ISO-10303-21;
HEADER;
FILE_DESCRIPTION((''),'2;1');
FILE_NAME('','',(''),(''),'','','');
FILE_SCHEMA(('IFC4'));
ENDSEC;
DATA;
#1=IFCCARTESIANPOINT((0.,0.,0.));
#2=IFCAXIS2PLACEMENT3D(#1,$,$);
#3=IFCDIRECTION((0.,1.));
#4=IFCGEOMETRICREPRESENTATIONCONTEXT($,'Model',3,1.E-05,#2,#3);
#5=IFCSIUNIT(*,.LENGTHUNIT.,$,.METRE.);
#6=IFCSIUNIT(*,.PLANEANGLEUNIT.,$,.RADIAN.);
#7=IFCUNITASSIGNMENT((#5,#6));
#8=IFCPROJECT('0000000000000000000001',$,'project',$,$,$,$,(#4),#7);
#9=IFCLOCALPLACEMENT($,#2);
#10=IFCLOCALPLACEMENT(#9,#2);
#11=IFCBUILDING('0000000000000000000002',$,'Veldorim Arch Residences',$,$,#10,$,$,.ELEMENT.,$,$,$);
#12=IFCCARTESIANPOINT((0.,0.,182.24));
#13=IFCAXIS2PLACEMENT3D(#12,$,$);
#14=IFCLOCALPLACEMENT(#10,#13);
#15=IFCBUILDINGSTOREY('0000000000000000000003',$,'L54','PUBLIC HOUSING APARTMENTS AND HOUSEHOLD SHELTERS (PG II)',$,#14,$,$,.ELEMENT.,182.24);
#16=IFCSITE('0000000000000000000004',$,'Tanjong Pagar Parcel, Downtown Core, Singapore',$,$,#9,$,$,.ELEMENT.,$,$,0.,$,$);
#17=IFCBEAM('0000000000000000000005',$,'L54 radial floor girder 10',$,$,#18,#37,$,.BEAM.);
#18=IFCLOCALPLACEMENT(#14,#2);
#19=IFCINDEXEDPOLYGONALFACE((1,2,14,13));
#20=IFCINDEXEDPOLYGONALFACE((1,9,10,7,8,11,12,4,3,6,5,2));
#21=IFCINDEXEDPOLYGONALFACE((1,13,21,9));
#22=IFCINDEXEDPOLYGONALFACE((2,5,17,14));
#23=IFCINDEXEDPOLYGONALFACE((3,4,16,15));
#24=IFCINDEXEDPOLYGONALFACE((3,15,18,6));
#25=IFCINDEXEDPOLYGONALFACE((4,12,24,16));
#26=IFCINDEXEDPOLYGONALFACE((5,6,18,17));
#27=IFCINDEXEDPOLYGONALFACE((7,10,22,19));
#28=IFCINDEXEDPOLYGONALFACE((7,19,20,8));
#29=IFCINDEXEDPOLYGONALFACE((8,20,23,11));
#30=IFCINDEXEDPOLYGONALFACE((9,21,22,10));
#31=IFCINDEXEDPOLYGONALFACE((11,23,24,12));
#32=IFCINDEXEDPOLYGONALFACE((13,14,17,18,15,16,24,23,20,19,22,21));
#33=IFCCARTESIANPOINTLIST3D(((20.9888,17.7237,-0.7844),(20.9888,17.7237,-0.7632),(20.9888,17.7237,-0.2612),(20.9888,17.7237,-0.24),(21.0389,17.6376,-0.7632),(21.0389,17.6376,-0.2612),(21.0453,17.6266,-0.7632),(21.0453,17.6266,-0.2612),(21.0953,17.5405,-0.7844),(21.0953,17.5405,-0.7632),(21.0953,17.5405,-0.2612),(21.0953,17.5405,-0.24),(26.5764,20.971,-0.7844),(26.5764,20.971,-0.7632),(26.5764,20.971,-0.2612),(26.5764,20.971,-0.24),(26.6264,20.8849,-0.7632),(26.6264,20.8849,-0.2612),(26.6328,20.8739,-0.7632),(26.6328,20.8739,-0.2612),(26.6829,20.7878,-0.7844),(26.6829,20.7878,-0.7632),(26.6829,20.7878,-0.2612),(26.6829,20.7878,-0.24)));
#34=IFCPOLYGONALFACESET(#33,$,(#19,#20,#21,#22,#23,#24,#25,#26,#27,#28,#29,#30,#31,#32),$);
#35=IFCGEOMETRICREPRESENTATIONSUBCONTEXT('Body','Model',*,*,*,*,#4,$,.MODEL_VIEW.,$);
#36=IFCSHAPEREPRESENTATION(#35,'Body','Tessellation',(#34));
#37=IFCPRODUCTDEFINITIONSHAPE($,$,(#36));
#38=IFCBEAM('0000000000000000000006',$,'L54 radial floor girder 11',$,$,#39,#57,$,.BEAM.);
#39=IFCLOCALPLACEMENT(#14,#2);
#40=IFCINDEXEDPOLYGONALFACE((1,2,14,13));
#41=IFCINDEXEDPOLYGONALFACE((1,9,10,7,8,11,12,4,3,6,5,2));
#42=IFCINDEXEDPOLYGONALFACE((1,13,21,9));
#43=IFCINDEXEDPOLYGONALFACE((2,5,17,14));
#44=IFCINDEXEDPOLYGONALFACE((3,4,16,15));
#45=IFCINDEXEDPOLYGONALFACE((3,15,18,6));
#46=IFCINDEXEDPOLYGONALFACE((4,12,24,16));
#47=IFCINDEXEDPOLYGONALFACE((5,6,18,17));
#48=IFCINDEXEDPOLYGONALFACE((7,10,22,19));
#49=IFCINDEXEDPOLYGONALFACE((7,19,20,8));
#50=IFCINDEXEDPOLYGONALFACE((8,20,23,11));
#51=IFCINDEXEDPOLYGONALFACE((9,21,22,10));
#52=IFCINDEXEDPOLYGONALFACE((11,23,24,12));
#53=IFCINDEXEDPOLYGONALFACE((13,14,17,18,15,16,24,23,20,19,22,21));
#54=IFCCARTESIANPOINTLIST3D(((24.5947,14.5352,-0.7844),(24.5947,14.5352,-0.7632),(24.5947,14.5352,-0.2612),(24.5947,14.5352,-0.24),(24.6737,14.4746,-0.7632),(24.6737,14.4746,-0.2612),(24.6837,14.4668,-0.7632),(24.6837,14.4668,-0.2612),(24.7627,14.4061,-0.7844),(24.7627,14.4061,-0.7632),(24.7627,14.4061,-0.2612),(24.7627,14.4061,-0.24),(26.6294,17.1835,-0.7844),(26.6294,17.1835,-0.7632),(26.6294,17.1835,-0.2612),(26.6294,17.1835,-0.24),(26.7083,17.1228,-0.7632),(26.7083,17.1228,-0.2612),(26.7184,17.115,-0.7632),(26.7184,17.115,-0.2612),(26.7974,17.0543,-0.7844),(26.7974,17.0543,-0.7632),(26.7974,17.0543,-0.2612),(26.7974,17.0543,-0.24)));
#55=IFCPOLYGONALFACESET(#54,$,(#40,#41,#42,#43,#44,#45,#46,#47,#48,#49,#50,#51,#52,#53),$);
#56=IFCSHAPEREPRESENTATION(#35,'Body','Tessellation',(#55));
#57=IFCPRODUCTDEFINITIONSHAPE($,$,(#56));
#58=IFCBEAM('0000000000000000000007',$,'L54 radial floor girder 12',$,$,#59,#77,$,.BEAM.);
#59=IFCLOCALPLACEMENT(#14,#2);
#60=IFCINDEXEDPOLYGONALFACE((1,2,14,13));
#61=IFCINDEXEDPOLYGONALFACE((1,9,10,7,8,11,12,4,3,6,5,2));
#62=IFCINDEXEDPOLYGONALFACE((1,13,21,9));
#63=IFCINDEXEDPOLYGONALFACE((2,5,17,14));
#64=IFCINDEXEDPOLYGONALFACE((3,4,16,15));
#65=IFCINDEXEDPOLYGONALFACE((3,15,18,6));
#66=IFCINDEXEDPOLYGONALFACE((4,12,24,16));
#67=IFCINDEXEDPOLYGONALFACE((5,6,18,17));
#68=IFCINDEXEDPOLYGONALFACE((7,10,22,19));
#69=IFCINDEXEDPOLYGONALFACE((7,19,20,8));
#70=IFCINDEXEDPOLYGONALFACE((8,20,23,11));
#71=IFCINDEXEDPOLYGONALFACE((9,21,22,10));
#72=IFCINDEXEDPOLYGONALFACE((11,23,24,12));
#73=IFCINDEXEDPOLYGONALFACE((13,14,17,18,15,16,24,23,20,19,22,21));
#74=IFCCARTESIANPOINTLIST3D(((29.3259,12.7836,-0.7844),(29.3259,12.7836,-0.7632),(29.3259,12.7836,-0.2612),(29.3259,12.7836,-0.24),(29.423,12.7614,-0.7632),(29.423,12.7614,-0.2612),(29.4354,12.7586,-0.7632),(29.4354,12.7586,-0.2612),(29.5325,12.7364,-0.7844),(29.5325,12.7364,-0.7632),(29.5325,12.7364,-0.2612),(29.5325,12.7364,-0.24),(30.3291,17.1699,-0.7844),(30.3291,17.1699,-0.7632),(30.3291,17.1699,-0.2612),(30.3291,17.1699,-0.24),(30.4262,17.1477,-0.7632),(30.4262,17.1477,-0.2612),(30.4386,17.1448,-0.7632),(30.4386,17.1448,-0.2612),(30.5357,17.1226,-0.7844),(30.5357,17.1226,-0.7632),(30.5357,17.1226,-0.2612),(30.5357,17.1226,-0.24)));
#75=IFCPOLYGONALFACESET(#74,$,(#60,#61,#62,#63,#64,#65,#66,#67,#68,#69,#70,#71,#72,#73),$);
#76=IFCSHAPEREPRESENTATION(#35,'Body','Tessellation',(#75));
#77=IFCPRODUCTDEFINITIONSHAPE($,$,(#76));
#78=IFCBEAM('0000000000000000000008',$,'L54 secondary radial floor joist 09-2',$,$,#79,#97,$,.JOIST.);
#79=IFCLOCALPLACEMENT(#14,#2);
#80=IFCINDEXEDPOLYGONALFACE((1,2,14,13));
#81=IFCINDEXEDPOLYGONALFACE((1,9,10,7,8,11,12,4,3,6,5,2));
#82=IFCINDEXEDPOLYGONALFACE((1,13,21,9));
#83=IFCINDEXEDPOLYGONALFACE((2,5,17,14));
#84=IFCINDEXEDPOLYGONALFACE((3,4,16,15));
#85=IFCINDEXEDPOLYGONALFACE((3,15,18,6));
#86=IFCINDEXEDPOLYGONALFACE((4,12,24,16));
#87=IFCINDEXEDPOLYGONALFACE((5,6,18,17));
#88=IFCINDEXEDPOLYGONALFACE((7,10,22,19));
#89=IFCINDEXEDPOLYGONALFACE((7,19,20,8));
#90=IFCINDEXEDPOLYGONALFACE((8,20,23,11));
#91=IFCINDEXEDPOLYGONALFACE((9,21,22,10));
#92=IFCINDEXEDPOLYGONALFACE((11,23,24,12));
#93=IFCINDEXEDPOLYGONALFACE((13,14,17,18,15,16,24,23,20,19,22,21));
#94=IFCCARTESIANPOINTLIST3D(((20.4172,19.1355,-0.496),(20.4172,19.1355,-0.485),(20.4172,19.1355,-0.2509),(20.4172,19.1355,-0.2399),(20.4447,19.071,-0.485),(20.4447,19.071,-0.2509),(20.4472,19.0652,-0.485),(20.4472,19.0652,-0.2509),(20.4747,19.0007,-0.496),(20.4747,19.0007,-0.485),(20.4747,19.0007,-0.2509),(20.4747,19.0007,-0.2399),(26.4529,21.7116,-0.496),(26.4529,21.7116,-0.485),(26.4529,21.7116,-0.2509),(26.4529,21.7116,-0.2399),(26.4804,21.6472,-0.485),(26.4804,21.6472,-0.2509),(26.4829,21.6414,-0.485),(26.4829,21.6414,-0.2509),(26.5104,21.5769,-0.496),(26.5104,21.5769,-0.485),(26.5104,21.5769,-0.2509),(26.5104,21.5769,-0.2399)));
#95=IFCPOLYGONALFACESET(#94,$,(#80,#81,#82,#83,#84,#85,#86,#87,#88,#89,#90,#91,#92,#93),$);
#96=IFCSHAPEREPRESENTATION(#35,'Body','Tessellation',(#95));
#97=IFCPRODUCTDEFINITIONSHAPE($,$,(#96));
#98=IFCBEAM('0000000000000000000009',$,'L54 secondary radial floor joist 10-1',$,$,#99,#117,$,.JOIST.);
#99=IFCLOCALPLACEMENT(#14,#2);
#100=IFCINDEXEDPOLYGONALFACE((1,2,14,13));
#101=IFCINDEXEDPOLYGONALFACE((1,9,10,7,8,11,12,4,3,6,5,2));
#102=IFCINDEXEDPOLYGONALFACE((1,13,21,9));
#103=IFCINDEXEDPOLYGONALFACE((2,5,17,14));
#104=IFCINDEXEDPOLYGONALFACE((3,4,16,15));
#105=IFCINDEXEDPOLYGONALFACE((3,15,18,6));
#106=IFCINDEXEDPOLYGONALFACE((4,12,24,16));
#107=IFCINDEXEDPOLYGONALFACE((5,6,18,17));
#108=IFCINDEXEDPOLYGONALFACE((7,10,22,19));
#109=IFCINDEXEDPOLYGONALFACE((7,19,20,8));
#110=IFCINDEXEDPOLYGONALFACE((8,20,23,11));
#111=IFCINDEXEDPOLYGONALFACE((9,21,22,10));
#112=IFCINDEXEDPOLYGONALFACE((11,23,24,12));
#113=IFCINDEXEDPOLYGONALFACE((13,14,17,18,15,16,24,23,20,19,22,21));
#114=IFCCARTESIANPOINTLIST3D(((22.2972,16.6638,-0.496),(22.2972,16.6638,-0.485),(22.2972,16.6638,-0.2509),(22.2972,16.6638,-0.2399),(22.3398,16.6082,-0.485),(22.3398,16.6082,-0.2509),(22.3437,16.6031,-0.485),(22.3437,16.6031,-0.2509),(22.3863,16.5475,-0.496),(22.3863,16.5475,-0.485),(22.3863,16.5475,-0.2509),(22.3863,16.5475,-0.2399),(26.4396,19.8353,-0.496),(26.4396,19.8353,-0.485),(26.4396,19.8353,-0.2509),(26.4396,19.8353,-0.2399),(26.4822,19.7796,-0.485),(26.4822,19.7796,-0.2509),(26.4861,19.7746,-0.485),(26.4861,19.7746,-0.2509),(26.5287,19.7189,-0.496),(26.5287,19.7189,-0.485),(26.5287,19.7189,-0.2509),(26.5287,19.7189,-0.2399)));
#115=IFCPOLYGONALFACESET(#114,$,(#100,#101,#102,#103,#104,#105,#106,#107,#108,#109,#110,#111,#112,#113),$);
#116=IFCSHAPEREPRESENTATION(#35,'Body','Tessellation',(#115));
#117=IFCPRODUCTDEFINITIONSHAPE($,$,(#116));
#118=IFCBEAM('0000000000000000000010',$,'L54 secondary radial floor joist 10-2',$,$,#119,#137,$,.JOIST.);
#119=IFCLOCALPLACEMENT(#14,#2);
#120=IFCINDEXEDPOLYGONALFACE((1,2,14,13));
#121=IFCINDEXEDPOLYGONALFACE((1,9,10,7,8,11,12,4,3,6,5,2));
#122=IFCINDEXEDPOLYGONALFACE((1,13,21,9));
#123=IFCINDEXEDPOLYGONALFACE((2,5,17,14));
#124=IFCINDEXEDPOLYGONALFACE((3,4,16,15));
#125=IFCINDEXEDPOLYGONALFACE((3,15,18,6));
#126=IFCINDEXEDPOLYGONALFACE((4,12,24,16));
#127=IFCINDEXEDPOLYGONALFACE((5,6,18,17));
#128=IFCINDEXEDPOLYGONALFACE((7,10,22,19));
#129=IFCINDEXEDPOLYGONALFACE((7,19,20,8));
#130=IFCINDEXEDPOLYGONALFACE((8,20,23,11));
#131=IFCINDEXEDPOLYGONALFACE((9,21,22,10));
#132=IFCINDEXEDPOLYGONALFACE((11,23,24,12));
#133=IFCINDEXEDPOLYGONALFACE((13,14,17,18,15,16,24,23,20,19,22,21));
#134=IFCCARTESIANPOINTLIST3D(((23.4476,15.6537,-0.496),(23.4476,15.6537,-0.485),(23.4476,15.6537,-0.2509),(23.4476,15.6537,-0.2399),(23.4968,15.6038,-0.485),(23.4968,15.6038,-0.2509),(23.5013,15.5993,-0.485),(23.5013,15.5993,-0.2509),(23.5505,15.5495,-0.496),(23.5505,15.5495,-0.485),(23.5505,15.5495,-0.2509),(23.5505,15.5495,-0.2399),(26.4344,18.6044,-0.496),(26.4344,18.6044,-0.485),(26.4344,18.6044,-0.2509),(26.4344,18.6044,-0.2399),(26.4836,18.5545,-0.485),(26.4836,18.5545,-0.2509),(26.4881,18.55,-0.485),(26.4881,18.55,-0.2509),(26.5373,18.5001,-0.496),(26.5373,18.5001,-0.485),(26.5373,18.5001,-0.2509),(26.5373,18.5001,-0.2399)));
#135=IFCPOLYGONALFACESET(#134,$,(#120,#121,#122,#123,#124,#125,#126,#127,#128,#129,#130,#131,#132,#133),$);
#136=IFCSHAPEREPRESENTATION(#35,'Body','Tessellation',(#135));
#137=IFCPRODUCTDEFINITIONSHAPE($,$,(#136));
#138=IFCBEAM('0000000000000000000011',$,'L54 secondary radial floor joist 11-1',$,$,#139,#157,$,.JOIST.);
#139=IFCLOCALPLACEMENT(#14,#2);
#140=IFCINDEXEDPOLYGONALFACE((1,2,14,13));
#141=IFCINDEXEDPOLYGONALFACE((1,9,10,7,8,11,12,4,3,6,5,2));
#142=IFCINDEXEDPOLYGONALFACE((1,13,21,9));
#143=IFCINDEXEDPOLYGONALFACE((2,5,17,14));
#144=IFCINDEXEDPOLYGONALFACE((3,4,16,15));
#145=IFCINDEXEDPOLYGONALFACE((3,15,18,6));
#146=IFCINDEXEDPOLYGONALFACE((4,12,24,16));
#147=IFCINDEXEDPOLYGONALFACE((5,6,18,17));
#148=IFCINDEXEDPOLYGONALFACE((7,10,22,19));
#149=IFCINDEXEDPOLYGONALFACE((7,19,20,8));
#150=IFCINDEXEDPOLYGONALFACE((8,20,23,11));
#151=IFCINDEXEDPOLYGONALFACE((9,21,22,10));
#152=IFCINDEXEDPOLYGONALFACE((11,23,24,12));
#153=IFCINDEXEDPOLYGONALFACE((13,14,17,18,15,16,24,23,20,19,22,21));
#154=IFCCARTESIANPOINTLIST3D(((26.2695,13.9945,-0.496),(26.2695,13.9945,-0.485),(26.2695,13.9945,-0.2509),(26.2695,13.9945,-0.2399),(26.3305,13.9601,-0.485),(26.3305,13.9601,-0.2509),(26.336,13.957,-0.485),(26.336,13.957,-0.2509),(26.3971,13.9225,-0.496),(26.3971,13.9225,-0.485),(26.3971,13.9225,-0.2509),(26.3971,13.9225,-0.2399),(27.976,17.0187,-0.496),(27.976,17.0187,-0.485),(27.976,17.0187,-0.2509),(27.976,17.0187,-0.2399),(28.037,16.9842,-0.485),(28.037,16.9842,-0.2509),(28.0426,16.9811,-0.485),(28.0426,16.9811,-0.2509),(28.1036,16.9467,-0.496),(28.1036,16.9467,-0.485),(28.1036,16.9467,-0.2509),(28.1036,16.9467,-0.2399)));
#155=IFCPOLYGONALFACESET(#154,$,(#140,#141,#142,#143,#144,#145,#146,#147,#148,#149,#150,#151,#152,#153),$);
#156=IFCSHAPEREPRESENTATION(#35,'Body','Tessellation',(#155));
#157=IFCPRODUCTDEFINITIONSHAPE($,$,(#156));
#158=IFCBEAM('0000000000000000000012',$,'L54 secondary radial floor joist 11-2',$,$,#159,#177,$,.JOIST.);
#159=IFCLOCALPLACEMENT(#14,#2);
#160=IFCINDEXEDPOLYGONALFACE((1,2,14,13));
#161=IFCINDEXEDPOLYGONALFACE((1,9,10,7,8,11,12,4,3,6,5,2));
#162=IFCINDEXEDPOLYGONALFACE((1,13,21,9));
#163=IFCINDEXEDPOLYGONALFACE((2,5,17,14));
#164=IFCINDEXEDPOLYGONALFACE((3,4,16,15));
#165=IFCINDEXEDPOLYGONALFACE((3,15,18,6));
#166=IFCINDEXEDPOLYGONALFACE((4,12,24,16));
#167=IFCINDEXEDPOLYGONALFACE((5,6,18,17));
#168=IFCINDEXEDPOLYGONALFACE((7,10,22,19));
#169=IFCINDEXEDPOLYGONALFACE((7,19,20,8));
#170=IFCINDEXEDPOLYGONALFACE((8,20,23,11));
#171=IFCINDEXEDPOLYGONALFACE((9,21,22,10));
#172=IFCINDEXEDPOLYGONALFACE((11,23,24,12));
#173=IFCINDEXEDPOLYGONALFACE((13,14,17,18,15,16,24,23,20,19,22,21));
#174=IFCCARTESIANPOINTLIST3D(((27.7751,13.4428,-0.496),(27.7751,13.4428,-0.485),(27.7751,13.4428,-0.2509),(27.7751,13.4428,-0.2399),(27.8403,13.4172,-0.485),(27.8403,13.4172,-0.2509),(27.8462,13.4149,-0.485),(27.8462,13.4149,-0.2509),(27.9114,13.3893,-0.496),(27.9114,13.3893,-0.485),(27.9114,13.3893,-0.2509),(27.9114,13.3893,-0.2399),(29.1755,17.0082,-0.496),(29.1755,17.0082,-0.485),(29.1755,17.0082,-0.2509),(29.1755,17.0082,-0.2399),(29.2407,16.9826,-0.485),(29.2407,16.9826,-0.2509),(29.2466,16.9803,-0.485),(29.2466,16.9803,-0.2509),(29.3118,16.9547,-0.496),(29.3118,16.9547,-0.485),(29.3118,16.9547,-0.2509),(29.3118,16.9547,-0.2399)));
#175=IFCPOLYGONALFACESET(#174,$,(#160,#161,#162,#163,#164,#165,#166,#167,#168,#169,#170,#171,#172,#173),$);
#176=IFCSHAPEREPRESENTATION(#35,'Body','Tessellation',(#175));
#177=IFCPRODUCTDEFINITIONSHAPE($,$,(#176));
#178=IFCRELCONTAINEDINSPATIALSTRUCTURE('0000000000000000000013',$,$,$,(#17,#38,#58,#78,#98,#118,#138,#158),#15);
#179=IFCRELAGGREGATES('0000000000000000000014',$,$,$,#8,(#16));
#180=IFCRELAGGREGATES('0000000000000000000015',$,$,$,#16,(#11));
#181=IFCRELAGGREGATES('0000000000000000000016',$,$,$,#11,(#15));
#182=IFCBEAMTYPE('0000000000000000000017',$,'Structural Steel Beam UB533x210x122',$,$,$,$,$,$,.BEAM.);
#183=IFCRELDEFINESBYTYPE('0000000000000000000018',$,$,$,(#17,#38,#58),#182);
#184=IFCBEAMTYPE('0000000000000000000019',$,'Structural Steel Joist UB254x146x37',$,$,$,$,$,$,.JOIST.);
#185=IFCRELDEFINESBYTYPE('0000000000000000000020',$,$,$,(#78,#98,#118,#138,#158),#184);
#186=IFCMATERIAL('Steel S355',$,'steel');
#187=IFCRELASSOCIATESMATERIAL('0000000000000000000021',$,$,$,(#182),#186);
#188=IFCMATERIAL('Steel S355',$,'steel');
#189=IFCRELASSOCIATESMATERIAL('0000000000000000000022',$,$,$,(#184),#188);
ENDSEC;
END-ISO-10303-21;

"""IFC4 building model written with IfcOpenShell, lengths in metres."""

from ifc_helpers import new_model, si_unit, direction, frame, origin, origin_2d, place, context, subcontext, project, spatial, i_section, extrude, material, material_profile, profile_set, type_object, element, save


model = new_model("IFC4")

# Units and contexts
model_context = context("Model", 3, precision=1e-05, world=origin(), true_north=direction((0.0, 1.0)))
body_context = subcontext(model_context, "Body", "Model", "MODEL_VIEW")
ifc_project = project(units=[si_unit("LENGTHUNIT", "METRE"), si_unit("PLANEANGLEUNIT", "RADIAN")], contexts=[model_context])

# Site, building, storey
site_placement = place(None, origin())
site = spatial("IfcSite", under=ifc_project, at=site_placement, Name="Tanjong Pagar Parcel, Downtown Core, Singapore", CompositionType="ELEMENT", RefElevation=0.0)
building_placement = place(site_placement, origin())
building = spatial("IfcBuilding", under=site, at=building_placement, Name="Veldorim Arch Residences", CompositionType="ELEMENT")
storey_placement = place(building_placement, frame((0.0, 0.0, 182.24)))
storey = spatial("IfcBuildingStorey", under=building, at=storey_placement, Name="L54", Description="PUBLIC HOUSING APARTMENTS AND HOUSEHOLD SHELTERS (PG II)", CompositionType="ELEMENT", Elevation=182.24)

# Beams
ifc_material_1 = material(Name="Steel S355", Category="steel")
ifc_material_profile_1 = material_profile(ifc_material_1, i_section(OverallWidth=0.2119, OverallDepth=0.5444, WebThickness=0.0127, FlangeThickness=0.0212, at=origin_2d()), Name="UB533x210x122")
ifc_profile_set_1 = profile_set([ifc_material_profile_1], Name="Steel S355")
beam_type_1 = type_object("IfcBeamType", Name="Structural Steel Beam UB533x210x122", PredefinedType="BEAM", material=ifc_profile_set_1)
beam_1_placement = place(storey_placement, frame((26.6296, 20.8794, -0.5122), z_axis=(-0.864596, -0.502468, 0.0), x_axis=(0.502468, -0.864596, 0.0)))
element("IfcBeam", 1, at=beam_1_placement, inside=storey, type_object=beam_type_1, Name="L54 radial floor girder 10", PredefinedType="BEAM", context=body_context, shape_type="SweptSolid", body=[
    extrude(i_section(OverallWidth=0.2119, OverallDepth=0.5444, WebThickness=0.0127, FlangeThickness=0.0212, at=origin_2d()), origin(), (0.0, 0.0, 1.0), 6.4626),
])
beam_2_placement = place(storey_placement, frame((26.7134, 17.1189, -0.5122), z_axis=(-0.609258, -0.792972, 0.0), x_axis=(0.792972, -0.609258, 0.0)))
element("IfcBeam", 2, at=beam_2_placement, inside=storey, type_object=beam_type_1, Name="L54 radial floor girder 11", PredefinedType="BEAM", context=body_context, shape_type="SweptSolid", body=[
    extrude(i_section(OverallWidth=0.2119, OverallDepth=0.5444, WebThickness=0.0127, FlangeThickness=0.0212, at=origin_2d()), origin(), (0.0, 0.0, 1.0), 3.3396),
])
beam_3_placement = place(storey_placement, frame((30.4324, 17.1462, -0.5122), z_axis=(-0.222953, -0.974829, 0.0), x_axis=(0.974829, -0.222953, 0.0)))
element("IfcBeam", 3, at=beam_3_placement, inside=storey, type_object=beam_type_1, Name="L54 radial floor girder 12", PredefinedType="BEAM", context=body_context, shape_type="SweptSolid", body=[
    extrude(i_section(OverallWidth=0.2119, OverallDepth=0.5444, WebThickness=0.0127, FlangeThickness=0.0212, at=origin_2d()), origin(), (0.0, 0.0, 1.0), 4.4995),
])
ifc_material_2 = material(Name="Steel S355", Category="steel")
ifc_material_profile_2 = material_profile(ifc_material_2, i_section(OverallWidth=0.1465, OverallDepth=0.2561, WebThickness=0.0063, FlangeThickness=0.011, at=origin_2d()), Name="UB254x146x37")
ifc_profile_set_2 = profile_set([ifc_material_profile_2], Name="Steel S355")
beam_type_2 = type_object("IfcBeamType", Name="Structural Steel Joist UB254x146x37", PredefinedType="JOIST", material=ifc_profile_set_2)
beam_4_placement = place(storey_placement, frame((26.4817, 21.6443, -0.3679), z_axis=(-0.919725, -0.392563, 0.0), x_axis=(0.392563, -0.919725, 0.0)))
element("IfcBeam", 4, at=beam_4_placement, inside=storey, type_object=beam_type_2, Name="L54 secondary radial floor joist 09-2", PredefinedType="JOIST", context=body_context, shape_type="SweptSolid", body=[
    extrude(i_section(OverallWidth=0.1465, OverallDepth=0.2561, WebThickness=0.0063, FlangeThickness=0.011, at=origin_2d()), origin(), (0.0, 0.0, 1.0), 6.5625),
])
beam_5_placement = place(storey_placement, frame((26.4841, 19.7771, -0.3679), z_axis=(-0.794014, -0.6079, 0.0), x_axis=(0.6079, -0.794014, 0.0)))
element("IfcBeam", 5, at=beam_5_placement, inside=storey, type_object=beam_type_2, Name="L54 secondary radial floor joist 10-1", PredefinedType="JOIST", context=body_context, shape_type="SweptSolid", body=[
    extrude(i_section(OverallWidth=0.1465, OverallDepth=0.2561, WebThickness=0.0063, FlangeThickness=0.011, at=origin_2d()), origin(), (0.0, 0.0, 1.0), 5.217),
])
beam_6_placement = place(storey_placement, frame((26.4858, 18.5522, -0.3679), z_axis=(-0.711397, -0.702791, 0.0), x_axis=(0.702791, -0.711397, 0.0)))
element("IfcBeam", 6, at=beam_6_placement, inside=storey, type_object=beam_type_2, Name="L54 secondary radial floor joist 10-2", PredefinedType="JOIST", context=body_context, shape_type="SweptSolid", body=[
    extrude(i_section(OverallWidth=0.1465, OverallDepth=0.2561, WebThickness=0.0063, FlangeThickness=0.011, at=origin_2d()), origin(), (0.0, 0.0, 1.0), 4.1985),
])
beam_7_placement = place(storey_placement, frame((28.0398, 16.9827, -0.3679), z_axis=(-0.491452, -0.870904, 0.0), x_axis=(0.870904, -0.491452, 0.0)))
element("IfcBeam", 7, at=beam_7_placement, inside=storey, type_object=beam_type_2, Name="L54 secondary radial floor joist 11-1", PredefinedType="JOIST", context=body_context, shape_type="SweptSolid", body=[
    extrude(i_section(OverallWidth=0.1465, OverallDepth=0.2561, WebThickness=0.0063, FlangeThickness=0.011, at=origin_2d()), origin(), (0.0, 0.0, 1.0), 3.4724),
])
beam_8_placement = place(storey_placement, frame((29.2437, 16.9814, -0.3679), z_axis=(-0.365581, -0.930779, 0.0), x_axis=(0.930779, -0.365581, 0.0)))
element("IfcBeam", 8, at=beam_8_placement, inside=storey, type_object=beam_type_2, Name="L54 secondary radial floor joist 11-2", PredefinedType="JOIST", context=body_context, shape_type="SweptSolid", body=[
    extrude(i_section(OverallWidth=0.1465, OverallDepth=0.2561, WebThickness=0.0063, FlangeThickness=0.011, at=origin_2d()), origin(), (0.0, 0.0, 1.0), 3.8306),
])

save(model, "model.ifc")
